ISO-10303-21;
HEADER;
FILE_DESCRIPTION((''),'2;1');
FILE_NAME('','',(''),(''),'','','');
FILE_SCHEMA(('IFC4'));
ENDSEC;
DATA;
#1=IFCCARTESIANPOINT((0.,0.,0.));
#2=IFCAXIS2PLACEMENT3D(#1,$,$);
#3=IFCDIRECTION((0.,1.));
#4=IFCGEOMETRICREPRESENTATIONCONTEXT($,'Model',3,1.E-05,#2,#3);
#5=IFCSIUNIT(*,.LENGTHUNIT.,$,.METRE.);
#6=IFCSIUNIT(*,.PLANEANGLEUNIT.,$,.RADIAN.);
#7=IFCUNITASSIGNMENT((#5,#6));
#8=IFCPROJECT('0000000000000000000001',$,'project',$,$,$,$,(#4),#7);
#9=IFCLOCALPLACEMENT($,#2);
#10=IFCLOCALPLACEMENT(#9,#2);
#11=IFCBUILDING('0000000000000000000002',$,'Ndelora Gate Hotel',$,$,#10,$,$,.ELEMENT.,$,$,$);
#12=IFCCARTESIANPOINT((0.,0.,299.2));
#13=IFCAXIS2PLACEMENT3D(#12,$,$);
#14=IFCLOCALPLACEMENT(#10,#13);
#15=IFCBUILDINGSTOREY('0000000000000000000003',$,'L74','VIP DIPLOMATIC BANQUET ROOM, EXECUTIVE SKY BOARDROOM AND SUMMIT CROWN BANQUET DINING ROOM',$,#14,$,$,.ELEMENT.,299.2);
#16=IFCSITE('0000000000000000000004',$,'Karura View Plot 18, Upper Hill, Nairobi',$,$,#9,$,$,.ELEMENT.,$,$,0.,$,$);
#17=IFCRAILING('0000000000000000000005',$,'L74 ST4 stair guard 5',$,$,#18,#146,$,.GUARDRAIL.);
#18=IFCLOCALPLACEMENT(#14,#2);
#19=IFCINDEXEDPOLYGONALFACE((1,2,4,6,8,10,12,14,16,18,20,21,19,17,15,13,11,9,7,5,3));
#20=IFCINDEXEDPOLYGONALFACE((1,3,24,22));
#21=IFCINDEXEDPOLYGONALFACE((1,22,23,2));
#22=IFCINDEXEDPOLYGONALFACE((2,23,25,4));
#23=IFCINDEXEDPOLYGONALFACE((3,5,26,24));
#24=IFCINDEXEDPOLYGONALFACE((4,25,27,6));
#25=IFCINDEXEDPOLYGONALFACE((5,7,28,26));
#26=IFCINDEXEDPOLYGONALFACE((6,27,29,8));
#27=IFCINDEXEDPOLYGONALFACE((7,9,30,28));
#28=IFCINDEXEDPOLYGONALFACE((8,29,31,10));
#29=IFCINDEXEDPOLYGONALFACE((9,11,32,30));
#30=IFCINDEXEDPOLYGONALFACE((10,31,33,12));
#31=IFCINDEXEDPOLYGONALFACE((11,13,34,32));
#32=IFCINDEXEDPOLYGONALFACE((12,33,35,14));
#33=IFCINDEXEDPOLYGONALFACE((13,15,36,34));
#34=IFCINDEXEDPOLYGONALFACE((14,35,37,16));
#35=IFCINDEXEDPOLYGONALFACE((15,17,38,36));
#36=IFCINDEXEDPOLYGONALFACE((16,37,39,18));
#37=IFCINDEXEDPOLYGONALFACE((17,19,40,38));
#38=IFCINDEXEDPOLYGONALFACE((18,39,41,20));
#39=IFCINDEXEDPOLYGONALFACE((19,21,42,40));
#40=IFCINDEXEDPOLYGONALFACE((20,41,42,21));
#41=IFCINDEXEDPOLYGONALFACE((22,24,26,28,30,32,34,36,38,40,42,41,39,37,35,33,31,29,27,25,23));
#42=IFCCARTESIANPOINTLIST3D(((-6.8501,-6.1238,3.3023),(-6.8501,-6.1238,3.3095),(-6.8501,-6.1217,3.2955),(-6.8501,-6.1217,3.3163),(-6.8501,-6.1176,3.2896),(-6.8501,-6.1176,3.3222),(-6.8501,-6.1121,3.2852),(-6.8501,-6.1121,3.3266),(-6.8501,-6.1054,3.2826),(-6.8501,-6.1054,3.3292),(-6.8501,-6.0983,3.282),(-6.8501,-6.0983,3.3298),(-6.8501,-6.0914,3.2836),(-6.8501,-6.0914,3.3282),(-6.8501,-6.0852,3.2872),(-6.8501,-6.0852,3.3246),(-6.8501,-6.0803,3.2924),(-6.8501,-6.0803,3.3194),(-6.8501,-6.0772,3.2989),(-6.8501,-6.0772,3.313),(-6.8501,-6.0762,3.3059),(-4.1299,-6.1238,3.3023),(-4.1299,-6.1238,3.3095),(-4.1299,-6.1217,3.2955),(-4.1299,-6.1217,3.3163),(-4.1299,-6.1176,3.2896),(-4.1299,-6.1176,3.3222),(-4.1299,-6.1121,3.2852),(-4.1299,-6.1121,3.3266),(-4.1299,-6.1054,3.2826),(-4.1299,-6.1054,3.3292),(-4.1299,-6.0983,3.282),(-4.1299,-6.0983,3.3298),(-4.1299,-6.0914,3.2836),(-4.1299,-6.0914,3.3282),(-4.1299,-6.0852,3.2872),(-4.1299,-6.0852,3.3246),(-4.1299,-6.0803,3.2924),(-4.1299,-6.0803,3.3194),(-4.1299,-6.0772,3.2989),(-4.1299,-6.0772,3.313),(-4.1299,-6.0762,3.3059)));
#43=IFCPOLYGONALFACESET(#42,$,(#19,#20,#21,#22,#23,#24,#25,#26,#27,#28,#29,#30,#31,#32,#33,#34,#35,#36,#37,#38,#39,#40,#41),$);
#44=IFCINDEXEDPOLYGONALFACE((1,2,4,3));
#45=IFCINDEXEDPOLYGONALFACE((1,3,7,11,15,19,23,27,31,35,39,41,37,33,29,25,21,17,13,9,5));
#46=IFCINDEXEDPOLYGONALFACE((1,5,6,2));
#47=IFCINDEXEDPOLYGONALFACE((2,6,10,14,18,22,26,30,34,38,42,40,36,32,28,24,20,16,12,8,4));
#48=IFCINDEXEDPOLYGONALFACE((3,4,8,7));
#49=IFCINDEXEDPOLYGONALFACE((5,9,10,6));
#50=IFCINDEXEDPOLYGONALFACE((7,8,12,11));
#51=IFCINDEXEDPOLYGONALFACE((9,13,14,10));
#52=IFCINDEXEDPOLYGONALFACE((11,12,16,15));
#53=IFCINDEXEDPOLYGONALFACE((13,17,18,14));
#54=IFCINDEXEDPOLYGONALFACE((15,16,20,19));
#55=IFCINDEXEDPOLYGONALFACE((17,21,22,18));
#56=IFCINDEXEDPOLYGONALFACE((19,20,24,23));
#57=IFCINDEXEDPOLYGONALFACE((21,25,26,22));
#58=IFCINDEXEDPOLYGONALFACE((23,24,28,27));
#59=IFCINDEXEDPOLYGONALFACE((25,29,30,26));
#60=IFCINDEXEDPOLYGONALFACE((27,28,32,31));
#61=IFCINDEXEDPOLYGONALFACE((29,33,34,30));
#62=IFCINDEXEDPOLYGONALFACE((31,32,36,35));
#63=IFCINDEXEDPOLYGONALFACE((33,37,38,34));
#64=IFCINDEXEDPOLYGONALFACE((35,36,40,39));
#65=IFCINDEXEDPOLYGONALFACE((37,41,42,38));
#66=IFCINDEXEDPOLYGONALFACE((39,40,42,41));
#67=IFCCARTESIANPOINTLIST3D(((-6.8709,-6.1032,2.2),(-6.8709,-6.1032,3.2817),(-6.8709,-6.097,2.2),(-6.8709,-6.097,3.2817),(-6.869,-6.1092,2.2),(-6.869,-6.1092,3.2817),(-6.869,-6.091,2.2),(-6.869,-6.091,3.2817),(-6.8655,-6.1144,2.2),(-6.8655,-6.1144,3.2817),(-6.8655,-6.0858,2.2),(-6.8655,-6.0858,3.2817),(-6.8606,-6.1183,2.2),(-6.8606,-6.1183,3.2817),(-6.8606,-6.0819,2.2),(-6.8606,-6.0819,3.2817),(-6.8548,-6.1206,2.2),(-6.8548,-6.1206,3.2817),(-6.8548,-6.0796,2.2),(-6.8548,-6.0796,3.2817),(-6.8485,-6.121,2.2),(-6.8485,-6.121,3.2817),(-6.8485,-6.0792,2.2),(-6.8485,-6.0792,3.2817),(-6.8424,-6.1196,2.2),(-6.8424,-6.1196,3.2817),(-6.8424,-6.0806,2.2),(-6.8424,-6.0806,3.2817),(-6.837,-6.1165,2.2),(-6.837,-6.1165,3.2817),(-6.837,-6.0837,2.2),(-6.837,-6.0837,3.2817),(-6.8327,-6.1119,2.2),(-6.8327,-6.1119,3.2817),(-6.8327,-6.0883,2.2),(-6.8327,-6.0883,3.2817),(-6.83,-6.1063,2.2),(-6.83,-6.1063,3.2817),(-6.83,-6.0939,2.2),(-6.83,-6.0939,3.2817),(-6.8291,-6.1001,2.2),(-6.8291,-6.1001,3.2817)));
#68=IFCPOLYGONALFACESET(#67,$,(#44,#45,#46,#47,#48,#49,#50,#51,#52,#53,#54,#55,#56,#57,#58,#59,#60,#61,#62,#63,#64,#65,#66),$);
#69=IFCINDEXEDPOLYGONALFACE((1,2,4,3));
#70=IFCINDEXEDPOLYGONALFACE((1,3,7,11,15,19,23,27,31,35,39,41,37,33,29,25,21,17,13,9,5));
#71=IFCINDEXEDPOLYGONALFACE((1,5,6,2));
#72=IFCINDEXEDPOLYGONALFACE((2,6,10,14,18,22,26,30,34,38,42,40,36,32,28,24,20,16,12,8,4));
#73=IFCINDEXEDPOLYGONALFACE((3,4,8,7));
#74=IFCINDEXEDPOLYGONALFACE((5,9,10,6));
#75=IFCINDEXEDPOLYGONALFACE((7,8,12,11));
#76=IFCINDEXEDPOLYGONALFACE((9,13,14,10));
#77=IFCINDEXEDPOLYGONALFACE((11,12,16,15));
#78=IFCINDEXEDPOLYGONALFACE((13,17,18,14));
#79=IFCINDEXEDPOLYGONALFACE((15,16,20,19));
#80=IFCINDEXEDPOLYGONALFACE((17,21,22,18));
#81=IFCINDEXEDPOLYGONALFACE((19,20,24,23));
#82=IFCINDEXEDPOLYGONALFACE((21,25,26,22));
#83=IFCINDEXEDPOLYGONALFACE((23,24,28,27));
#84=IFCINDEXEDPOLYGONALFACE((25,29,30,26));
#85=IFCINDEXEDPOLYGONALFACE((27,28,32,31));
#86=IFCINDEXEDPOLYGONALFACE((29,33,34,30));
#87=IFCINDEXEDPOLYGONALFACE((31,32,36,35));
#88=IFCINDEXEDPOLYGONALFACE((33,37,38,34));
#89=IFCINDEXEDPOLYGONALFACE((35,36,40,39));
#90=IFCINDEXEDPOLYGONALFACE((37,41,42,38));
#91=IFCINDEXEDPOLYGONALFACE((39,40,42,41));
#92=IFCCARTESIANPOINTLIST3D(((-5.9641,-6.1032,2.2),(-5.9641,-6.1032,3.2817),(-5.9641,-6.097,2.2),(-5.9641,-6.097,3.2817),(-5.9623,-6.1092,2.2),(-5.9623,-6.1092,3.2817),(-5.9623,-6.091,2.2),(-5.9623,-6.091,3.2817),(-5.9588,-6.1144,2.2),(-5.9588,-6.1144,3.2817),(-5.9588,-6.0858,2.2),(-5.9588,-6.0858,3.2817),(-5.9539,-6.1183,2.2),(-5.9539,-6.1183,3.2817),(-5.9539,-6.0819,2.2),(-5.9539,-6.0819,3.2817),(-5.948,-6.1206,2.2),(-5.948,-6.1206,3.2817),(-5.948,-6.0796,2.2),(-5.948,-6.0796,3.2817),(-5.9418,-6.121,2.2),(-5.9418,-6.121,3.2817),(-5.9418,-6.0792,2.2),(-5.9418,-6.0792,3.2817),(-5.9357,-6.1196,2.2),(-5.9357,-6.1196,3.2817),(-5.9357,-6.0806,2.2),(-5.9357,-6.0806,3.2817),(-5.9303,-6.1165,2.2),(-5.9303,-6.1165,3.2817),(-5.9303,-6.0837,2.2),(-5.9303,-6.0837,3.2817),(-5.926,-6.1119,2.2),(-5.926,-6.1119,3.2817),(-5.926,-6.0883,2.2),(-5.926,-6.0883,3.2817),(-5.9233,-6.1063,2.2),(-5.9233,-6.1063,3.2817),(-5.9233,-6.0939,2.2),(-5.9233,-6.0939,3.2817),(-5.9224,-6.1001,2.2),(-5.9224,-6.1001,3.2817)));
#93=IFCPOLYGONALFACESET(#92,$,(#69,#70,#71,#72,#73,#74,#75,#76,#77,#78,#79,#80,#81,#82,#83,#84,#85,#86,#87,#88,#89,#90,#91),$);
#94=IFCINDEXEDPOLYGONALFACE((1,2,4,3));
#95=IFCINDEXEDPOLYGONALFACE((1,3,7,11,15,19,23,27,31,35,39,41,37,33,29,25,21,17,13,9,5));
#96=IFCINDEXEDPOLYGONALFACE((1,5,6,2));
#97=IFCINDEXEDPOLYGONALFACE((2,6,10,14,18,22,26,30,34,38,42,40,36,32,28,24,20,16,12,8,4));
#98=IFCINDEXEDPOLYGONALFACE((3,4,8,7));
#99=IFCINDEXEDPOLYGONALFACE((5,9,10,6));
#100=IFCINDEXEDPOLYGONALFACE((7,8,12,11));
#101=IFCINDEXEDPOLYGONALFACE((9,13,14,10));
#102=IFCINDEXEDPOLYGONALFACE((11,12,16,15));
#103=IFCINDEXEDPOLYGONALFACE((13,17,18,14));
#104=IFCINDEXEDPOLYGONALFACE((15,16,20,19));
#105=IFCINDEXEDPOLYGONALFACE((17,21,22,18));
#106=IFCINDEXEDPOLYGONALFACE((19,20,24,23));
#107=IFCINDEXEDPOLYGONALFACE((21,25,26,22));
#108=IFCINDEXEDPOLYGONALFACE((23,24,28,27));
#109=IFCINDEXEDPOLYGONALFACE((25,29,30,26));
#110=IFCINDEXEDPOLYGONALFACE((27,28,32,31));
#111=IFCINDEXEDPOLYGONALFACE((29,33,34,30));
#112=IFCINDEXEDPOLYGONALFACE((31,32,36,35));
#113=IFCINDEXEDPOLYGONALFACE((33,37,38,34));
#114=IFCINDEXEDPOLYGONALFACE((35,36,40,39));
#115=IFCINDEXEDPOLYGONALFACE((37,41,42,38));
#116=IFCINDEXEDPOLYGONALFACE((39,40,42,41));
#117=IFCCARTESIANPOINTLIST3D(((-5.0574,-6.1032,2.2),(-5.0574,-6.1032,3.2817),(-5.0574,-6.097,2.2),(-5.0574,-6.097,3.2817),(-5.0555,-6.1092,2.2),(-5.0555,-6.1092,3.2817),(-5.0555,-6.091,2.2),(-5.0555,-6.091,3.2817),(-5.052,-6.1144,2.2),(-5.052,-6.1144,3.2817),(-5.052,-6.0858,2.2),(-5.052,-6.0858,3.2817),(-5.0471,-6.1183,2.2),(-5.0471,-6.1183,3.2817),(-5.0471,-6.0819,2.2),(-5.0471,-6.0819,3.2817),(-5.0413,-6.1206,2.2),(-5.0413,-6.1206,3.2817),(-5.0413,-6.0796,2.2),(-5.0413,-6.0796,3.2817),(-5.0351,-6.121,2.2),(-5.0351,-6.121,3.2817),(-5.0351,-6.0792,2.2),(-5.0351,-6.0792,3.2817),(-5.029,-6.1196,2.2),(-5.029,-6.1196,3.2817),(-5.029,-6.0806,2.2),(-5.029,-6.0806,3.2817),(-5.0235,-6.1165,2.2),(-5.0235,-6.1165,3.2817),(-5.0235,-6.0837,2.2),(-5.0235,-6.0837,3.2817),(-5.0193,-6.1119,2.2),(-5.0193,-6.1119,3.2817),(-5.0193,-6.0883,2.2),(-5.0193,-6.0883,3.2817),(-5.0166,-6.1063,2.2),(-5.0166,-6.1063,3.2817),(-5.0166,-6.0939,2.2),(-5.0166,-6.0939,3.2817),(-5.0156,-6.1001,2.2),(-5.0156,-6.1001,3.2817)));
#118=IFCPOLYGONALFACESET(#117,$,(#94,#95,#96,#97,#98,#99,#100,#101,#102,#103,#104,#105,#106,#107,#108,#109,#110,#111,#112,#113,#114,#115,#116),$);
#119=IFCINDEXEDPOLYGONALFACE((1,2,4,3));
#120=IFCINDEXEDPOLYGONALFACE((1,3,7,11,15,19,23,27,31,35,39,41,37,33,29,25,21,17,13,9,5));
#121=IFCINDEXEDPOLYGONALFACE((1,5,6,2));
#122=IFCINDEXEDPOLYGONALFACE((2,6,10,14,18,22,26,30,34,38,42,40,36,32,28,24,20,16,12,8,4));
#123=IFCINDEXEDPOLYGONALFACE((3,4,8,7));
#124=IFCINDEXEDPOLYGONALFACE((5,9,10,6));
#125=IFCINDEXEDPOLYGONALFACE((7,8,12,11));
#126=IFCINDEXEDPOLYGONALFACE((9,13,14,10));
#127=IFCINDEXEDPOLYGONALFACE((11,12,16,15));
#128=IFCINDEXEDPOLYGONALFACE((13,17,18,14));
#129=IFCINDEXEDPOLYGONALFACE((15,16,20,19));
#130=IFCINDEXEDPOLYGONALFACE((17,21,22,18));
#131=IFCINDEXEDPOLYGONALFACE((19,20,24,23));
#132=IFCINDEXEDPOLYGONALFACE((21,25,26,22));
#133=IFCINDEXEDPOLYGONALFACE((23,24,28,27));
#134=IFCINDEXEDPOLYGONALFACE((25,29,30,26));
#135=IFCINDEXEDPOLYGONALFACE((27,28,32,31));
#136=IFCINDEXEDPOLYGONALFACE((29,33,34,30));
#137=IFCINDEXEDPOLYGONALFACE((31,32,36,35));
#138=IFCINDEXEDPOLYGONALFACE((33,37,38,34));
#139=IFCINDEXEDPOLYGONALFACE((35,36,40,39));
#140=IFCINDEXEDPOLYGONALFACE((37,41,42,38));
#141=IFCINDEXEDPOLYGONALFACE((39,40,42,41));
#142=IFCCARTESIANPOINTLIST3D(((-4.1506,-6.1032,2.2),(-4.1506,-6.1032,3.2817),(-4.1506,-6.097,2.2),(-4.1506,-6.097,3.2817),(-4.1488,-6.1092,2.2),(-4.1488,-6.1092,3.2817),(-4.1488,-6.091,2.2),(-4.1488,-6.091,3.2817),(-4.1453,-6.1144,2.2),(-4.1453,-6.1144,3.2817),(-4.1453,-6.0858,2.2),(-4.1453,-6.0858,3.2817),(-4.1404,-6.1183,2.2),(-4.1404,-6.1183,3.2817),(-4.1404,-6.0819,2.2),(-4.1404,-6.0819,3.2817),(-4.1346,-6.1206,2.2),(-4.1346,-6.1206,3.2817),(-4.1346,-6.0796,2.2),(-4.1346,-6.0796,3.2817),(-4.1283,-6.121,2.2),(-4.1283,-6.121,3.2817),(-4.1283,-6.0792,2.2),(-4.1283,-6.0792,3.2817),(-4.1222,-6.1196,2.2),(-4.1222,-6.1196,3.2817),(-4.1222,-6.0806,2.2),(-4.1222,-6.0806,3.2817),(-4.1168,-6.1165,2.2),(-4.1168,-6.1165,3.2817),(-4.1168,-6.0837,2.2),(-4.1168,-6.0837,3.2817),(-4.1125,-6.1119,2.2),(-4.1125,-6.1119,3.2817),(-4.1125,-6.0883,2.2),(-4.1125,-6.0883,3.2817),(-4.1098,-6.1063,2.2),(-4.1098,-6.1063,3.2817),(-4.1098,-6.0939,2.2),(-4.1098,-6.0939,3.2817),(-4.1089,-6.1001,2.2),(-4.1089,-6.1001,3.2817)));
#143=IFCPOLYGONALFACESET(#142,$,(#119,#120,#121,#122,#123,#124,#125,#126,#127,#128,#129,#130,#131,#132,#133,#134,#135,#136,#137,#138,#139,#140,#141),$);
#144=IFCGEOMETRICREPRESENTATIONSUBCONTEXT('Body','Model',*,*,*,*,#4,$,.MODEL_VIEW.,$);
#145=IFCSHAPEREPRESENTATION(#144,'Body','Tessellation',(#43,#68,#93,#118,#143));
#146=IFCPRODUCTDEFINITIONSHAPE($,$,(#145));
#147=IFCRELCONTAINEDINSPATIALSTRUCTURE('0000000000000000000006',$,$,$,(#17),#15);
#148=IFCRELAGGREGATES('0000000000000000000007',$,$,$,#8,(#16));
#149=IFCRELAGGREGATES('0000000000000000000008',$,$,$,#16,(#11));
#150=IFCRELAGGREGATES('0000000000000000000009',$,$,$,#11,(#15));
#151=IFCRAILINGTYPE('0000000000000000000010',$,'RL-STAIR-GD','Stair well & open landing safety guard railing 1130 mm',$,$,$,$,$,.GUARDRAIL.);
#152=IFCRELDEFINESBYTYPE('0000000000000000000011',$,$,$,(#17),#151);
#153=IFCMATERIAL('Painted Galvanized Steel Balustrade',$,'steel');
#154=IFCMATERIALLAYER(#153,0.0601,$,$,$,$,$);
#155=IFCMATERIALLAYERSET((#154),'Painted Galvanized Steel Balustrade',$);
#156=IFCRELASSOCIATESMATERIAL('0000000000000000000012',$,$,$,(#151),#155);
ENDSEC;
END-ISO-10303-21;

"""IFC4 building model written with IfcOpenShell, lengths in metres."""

from ifc_helpers import new_model, si_unit, direction, frame, origin, origin_2d, place, context, subcontext, project, spatial, circle, extrude, material, layer, layer_set, type_object, element, save


model = new_model("IFC4")

# Units and contexts
model_context = context("Model", 3, precision=1e-05, world=origin(), true_north=direction((0.0, 1.0)))
body_context = subcontext(model_context, "Body", "Model", "MODEL_VIEW")
ifc_project = project(units=[si_unit("LENGTHUNIT", "METRE"), si_unit("PLANEANGLEUNIT", "RADIAN")], contexts=[model_context])

# Site, building, storey
site_placement = place(None, origin())
site = spatial("IfcSite", under=ifc_project, at=site_placement, Name="Karura View Plot 18, Upper Hill, Nairobi", CompositionType="ELEMENT", RefElevation=0.0)
building_placement = place(site_placement, origin())
building = spatial("IfcBuilding", under=site, at=building_placement, Name="Ndelora Gate Hotel", CompositionType="ELEMENT")
storey_placement = place(building_placement, frame((0.0, 0.0, 299.2)))
storey = spatial("IfcBuildingStorey", under=building, at=storey_placement, Name="L74", Description="VIP DIPLOMATIC BANQUET ROOM, EXECUTIVE SKY BOARDROOM AND SUMMIT CROWN BANQUET DINING ROOM", CompositionType="ELEMENT", Elevation=299.2)

# Railing
ifc_material_1 = material(Name="Painted Galvanized Steel Balustrade", Category="steel")
ifc_layer_1 = layer(ifc_material_1, 0.0601)
ifc_layer_set_1 = layer_set([ifc_layer_1], Name="Painted Galvanized Steel Balustrade")
railing_type_1 = type_object("IfcRailingType", Name="RL-STAIR-GD", Description="Stair well & open landing safety guard railing 1130 mm", PredefinedType="GUARDRAIL", material=ifc_layer_set_1)
railing_1_placement = place(storey_placement, frame((-6.8501, -6.1001, 2.2)))
element("IfcRailing", 1, at=railing_1_placement, inside=storey, type_object=railing_type_1, Name="L74 ST4 stair guard 5", PredefinedType="GUARDRAIL", context=body_context, shape_type="SweptSolid", body=[
    extrude(circle(Radius=0.0239, at=origin_2d()), frame((0.0, 0.0, 1.106), z_axis=(1.0, 0.0, 0.0), x_axis=(0.0, 1.0, 0.0)), (0.0, 0.0, 1.0), 2.7202),
    extrude(circle(Radius=0.021, at=origin_2d()), origin(), (0.0, 0.0, 1.0), 1.0818),
    extrude(circle(Radius=0.021, at=origin_2d()), frame((0.9067, 0.0, 0.0)), (0.0, 0.0, 1.0), 1.0818),
    extrude(circle(Radius=0.021, at=origin_2d()), frame((1.8135, 0.0, 0.0)), (0.0, 0.0, 1.0), 1.0818),
    extrude(circle(Radius=0.021, at=origin_2d()), frame((2.7202, 0.0, 0.0)), (0.0, 0.0, 1.0), 1.0818),
])

save(model, "model.ifc")
